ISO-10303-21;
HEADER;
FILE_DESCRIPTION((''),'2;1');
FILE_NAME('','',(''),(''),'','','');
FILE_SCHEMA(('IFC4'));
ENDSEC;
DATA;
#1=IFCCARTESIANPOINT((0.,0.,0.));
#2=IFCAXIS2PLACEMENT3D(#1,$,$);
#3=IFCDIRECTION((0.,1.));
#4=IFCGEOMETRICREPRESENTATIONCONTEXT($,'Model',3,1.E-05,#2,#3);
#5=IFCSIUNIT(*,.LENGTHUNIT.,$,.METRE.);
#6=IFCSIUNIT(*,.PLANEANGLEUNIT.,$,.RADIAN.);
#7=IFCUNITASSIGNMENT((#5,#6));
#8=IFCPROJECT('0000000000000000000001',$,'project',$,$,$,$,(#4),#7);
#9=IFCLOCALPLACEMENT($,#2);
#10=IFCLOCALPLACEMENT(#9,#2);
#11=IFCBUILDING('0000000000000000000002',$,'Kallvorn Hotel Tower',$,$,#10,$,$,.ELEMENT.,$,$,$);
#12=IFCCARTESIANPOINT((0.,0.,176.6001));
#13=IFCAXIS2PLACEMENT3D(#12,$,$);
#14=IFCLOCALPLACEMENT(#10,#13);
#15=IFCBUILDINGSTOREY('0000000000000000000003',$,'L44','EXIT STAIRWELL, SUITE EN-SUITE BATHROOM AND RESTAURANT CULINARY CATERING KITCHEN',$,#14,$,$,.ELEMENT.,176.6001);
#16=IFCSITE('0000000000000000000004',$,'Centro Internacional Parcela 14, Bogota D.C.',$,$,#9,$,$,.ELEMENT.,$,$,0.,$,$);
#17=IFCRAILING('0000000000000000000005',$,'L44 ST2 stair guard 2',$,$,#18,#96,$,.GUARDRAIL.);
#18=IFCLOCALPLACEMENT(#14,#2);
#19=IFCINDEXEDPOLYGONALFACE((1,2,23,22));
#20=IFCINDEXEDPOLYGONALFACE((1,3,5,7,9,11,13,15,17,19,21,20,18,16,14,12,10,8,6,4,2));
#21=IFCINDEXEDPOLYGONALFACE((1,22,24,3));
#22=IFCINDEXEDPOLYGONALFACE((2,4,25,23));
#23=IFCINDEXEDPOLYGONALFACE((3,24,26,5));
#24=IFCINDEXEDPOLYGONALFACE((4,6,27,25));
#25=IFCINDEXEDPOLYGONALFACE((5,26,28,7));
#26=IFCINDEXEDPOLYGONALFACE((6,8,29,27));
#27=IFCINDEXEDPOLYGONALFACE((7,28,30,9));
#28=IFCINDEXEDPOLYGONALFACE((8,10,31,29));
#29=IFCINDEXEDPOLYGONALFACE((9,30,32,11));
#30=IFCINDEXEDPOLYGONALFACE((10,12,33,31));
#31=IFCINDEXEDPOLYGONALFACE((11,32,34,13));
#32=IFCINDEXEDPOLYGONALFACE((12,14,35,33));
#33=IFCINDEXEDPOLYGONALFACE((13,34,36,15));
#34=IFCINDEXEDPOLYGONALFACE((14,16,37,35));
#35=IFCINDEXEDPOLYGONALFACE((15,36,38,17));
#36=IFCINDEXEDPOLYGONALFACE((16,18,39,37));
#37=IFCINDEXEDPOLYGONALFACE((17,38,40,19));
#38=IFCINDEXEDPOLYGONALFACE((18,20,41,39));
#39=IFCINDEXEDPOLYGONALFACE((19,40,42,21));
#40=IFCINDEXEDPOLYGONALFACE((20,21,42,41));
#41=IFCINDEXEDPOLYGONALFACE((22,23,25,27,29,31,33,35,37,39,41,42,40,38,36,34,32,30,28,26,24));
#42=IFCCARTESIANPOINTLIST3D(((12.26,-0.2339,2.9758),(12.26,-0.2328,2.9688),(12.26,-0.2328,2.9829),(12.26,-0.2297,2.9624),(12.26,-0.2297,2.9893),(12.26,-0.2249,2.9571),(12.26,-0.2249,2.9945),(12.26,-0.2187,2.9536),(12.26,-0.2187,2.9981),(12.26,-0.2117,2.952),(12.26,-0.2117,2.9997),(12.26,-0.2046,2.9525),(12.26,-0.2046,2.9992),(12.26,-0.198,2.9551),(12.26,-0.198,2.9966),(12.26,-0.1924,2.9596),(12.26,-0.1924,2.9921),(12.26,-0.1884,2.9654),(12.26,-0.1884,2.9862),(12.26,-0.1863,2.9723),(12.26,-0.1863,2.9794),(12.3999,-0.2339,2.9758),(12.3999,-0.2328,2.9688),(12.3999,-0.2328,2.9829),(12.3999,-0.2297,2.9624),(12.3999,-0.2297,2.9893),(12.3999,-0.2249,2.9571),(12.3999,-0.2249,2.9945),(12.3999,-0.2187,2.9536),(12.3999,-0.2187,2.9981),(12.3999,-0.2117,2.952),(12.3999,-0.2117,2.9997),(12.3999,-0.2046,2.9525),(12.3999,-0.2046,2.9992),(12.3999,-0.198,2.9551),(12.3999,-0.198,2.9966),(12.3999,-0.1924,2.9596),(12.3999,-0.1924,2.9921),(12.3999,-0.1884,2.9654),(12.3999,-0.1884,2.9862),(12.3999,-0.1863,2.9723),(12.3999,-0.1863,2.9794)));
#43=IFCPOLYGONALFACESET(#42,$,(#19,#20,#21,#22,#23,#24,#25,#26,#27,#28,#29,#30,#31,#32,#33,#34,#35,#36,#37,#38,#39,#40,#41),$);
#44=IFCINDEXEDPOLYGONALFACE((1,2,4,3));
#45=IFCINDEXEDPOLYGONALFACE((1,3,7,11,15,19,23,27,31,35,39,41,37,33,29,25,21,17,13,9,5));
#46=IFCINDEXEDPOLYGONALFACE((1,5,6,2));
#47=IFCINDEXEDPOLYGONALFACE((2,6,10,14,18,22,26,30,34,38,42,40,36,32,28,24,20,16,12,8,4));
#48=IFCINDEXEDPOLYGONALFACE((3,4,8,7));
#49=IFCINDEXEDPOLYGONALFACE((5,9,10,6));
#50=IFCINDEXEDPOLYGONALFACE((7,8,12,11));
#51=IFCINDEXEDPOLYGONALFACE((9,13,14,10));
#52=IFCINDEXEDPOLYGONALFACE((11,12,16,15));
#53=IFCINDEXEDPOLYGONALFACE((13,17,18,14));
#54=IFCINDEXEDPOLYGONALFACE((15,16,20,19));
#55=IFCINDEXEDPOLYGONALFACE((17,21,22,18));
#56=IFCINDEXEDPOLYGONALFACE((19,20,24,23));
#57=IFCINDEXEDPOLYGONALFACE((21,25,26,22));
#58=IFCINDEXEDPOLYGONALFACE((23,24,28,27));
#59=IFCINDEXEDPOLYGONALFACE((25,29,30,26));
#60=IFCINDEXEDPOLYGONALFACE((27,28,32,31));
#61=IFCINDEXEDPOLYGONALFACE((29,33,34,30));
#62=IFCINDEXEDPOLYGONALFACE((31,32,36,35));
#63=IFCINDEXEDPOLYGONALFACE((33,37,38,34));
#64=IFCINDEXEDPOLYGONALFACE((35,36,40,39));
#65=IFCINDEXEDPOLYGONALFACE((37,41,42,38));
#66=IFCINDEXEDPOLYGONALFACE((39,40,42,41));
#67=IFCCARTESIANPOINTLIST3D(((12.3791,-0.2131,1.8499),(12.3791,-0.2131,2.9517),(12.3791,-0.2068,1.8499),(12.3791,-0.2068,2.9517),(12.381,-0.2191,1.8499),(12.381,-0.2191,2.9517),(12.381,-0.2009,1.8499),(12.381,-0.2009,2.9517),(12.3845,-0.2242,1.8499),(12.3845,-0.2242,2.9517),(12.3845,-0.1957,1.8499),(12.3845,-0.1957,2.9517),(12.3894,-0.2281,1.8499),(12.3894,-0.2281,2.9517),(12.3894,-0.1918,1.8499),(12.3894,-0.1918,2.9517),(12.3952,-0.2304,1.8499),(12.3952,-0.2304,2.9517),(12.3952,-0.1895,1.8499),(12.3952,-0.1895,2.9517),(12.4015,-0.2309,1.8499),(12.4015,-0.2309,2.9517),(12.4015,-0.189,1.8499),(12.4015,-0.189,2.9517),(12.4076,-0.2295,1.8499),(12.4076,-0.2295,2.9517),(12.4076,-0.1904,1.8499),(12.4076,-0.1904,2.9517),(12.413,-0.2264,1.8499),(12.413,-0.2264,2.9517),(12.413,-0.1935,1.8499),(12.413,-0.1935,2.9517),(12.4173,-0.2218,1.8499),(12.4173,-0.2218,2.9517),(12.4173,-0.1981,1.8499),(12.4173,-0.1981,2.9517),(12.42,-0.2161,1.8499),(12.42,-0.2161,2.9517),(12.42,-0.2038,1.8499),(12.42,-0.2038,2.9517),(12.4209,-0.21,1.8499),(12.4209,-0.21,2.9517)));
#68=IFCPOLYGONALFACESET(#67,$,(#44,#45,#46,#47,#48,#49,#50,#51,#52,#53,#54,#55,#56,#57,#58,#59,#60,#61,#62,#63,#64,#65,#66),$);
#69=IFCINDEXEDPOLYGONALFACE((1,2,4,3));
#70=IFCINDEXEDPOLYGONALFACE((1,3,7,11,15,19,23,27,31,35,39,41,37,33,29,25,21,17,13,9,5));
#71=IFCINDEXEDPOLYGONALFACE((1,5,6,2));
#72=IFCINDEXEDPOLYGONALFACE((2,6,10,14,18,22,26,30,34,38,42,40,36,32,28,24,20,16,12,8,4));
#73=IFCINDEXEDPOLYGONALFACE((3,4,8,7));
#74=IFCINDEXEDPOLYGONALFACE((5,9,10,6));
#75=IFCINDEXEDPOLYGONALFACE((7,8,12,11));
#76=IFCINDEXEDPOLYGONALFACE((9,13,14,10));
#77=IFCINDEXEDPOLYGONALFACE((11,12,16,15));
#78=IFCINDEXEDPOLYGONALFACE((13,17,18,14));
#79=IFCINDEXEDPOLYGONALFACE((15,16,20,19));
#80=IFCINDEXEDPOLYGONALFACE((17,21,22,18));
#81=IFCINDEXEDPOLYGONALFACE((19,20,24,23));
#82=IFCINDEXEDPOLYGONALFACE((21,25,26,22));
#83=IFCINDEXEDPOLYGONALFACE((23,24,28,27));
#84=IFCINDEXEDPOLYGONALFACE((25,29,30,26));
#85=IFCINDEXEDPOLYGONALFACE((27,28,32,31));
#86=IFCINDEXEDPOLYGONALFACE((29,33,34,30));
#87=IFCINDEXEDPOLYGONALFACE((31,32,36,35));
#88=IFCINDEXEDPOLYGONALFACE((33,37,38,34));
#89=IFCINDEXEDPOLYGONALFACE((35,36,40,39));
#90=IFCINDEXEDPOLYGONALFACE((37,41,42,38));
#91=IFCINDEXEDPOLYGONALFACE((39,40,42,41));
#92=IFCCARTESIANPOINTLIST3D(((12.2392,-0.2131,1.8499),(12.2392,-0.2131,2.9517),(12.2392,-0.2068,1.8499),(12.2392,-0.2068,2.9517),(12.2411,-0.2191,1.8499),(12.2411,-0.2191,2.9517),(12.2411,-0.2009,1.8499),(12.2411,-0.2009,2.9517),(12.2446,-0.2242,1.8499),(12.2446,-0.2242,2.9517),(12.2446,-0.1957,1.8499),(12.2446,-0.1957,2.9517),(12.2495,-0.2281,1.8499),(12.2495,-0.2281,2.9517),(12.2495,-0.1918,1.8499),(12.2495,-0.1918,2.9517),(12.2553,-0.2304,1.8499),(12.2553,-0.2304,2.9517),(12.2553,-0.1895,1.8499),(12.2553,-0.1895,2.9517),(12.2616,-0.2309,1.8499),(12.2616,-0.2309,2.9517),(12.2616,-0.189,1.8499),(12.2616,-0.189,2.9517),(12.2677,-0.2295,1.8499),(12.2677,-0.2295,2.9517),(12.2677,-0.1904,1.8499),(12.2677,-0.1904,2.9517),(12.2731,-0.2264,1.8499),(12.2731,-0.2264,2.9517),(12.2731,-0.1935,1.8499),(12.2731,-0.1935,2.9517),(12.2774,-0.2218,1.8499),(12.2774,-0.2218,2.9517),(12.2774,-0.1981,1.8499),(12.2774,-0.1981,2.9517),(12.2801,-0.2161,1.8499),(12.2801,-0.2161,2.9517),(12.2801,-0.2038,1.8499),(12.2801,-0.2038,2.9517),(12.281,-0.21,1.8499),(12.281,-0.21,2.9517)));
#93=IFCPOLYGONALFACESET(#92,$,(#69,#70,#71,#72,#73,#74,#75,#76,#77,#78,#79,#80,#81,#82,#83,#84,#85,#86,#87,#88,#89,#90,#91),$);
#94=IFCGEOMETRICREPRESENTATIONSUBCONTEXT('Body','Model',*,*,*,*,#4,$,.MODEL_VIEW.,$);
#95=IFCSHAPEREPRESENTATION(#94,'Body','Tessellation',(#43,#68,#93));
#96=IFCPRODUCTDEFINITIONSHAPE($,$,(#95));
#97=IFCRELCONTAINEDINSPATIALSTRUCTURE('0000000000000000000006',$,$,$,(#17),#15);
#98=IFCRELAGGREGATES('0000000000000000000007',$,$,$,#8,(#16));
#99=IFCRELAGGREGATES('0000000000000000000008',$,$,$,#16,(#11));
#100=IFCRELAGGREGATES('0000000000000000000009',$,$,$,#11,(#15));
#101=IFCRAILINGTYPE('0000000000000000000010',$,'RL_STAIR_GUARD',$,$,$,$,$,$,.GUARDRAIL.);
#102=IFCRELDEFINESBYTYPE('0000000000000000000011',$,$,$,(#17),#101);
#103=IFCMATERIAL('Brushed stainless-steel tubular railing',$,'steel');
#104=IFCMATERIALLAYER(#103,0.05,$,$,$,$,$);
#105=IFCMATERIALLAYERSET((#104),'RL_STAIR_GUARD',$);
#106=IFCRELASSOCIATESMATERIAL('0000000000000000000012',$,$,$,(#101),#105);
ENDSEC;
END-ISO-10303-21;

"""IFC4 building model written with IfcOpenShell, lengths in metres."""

from ifc_helpers import new_model, si_unit, direction, frame, origin, origin_2d, place, context, subcontext, project, spatial, circle, extrude, material, layer, layer_set, type_object, element, save


model = new_model("IFC4")

# Units and contexts
model_context = context("Model", 3, precision=1e-05, world=origin(), true_north=direction((0.0, 1.0)))
body_context = subcontext(model_context, "Body", "Model", "MODEL_VIEW")
ifc_project = project(units=[si_unit("LENGTHUNIT", "METRE"), si_unit("PLANEANGLEUNIT", "RADIAN")], contexts=[model_context])

# Site, building, storey
site_placement = place(None, origin())
site = spatial("IfcSite", under=ifc_project, at=site_placement, Name="Centro Internacional Parcela 14, Bogota D.C.", CompositionType="ELEMENT", RefElevation=0.0)
building_placement = place(site_placement, origin())
building = spatial("IfcBuilding", under=site, at=building_placement, Name="Kallvorn Hotel Tower", CompositionType="ELEMENT")
storey_placement = place(building_placement, frame((0.0, 0.0, 176.6001)))
storey = spatial("IfcBuildingStorey", under=building, at=storey_placement, Name="L44", Description="EXIT STAIRWELL, SUITE EN-SUITE BATHROOM AND RESTAURANT CULINARY CATERING KITCHEN", CompositionType="ELEMENT", Elevation=176.6001)

# Railing
ifc_material_1 = material(Name="Brushed stainless-steel tubular railing", Category="steel")
ifc_layer_1 = layer(ifc_material_1, 0.05)
ifc_layer_set_1 = layer_set([ifc_layer_1], Name="RL_STAIR_GUARD")
railing_type = type_object("IfcRailingType", Name="RL_STAIR_GUARD", PredefinedType="GUARDRAIL", material=ifc_layer_set_1)
railing_1_placement = place(storey_placement, frame((12.3999, -0.21, 1.8499)))
element("IfcRailing", 1, at=railing_1_placement, inside=storey, type_object=railing_type, Name="L44 ST2 stair guard 2", PredefinedType="GUARDRAIL", context=body_context, shape_type="SweptSolid", body=[
    extrude(circle(Radius=0.0239, at=origin_2d()), frame((0.0, 0.0, 1.126), z_axis=(-1.0, 0.0, 0.0), x_axis=(0.0, -1.0, 0.0)), (0.0, 0.0, 1.0), 0.1399),
    extrude(circle(Radius=0.021, at=origin_2d()), origin(), (0.0, 0.0, 1.0), 1.1018),
    extrude(circle(Radius=0.021, at=origin_2d()), frame((-0.1399, 0.0, 0.0)), (0.0, 0.0, 1.0), 1.1018),
])

save(model, "model.ifc")
